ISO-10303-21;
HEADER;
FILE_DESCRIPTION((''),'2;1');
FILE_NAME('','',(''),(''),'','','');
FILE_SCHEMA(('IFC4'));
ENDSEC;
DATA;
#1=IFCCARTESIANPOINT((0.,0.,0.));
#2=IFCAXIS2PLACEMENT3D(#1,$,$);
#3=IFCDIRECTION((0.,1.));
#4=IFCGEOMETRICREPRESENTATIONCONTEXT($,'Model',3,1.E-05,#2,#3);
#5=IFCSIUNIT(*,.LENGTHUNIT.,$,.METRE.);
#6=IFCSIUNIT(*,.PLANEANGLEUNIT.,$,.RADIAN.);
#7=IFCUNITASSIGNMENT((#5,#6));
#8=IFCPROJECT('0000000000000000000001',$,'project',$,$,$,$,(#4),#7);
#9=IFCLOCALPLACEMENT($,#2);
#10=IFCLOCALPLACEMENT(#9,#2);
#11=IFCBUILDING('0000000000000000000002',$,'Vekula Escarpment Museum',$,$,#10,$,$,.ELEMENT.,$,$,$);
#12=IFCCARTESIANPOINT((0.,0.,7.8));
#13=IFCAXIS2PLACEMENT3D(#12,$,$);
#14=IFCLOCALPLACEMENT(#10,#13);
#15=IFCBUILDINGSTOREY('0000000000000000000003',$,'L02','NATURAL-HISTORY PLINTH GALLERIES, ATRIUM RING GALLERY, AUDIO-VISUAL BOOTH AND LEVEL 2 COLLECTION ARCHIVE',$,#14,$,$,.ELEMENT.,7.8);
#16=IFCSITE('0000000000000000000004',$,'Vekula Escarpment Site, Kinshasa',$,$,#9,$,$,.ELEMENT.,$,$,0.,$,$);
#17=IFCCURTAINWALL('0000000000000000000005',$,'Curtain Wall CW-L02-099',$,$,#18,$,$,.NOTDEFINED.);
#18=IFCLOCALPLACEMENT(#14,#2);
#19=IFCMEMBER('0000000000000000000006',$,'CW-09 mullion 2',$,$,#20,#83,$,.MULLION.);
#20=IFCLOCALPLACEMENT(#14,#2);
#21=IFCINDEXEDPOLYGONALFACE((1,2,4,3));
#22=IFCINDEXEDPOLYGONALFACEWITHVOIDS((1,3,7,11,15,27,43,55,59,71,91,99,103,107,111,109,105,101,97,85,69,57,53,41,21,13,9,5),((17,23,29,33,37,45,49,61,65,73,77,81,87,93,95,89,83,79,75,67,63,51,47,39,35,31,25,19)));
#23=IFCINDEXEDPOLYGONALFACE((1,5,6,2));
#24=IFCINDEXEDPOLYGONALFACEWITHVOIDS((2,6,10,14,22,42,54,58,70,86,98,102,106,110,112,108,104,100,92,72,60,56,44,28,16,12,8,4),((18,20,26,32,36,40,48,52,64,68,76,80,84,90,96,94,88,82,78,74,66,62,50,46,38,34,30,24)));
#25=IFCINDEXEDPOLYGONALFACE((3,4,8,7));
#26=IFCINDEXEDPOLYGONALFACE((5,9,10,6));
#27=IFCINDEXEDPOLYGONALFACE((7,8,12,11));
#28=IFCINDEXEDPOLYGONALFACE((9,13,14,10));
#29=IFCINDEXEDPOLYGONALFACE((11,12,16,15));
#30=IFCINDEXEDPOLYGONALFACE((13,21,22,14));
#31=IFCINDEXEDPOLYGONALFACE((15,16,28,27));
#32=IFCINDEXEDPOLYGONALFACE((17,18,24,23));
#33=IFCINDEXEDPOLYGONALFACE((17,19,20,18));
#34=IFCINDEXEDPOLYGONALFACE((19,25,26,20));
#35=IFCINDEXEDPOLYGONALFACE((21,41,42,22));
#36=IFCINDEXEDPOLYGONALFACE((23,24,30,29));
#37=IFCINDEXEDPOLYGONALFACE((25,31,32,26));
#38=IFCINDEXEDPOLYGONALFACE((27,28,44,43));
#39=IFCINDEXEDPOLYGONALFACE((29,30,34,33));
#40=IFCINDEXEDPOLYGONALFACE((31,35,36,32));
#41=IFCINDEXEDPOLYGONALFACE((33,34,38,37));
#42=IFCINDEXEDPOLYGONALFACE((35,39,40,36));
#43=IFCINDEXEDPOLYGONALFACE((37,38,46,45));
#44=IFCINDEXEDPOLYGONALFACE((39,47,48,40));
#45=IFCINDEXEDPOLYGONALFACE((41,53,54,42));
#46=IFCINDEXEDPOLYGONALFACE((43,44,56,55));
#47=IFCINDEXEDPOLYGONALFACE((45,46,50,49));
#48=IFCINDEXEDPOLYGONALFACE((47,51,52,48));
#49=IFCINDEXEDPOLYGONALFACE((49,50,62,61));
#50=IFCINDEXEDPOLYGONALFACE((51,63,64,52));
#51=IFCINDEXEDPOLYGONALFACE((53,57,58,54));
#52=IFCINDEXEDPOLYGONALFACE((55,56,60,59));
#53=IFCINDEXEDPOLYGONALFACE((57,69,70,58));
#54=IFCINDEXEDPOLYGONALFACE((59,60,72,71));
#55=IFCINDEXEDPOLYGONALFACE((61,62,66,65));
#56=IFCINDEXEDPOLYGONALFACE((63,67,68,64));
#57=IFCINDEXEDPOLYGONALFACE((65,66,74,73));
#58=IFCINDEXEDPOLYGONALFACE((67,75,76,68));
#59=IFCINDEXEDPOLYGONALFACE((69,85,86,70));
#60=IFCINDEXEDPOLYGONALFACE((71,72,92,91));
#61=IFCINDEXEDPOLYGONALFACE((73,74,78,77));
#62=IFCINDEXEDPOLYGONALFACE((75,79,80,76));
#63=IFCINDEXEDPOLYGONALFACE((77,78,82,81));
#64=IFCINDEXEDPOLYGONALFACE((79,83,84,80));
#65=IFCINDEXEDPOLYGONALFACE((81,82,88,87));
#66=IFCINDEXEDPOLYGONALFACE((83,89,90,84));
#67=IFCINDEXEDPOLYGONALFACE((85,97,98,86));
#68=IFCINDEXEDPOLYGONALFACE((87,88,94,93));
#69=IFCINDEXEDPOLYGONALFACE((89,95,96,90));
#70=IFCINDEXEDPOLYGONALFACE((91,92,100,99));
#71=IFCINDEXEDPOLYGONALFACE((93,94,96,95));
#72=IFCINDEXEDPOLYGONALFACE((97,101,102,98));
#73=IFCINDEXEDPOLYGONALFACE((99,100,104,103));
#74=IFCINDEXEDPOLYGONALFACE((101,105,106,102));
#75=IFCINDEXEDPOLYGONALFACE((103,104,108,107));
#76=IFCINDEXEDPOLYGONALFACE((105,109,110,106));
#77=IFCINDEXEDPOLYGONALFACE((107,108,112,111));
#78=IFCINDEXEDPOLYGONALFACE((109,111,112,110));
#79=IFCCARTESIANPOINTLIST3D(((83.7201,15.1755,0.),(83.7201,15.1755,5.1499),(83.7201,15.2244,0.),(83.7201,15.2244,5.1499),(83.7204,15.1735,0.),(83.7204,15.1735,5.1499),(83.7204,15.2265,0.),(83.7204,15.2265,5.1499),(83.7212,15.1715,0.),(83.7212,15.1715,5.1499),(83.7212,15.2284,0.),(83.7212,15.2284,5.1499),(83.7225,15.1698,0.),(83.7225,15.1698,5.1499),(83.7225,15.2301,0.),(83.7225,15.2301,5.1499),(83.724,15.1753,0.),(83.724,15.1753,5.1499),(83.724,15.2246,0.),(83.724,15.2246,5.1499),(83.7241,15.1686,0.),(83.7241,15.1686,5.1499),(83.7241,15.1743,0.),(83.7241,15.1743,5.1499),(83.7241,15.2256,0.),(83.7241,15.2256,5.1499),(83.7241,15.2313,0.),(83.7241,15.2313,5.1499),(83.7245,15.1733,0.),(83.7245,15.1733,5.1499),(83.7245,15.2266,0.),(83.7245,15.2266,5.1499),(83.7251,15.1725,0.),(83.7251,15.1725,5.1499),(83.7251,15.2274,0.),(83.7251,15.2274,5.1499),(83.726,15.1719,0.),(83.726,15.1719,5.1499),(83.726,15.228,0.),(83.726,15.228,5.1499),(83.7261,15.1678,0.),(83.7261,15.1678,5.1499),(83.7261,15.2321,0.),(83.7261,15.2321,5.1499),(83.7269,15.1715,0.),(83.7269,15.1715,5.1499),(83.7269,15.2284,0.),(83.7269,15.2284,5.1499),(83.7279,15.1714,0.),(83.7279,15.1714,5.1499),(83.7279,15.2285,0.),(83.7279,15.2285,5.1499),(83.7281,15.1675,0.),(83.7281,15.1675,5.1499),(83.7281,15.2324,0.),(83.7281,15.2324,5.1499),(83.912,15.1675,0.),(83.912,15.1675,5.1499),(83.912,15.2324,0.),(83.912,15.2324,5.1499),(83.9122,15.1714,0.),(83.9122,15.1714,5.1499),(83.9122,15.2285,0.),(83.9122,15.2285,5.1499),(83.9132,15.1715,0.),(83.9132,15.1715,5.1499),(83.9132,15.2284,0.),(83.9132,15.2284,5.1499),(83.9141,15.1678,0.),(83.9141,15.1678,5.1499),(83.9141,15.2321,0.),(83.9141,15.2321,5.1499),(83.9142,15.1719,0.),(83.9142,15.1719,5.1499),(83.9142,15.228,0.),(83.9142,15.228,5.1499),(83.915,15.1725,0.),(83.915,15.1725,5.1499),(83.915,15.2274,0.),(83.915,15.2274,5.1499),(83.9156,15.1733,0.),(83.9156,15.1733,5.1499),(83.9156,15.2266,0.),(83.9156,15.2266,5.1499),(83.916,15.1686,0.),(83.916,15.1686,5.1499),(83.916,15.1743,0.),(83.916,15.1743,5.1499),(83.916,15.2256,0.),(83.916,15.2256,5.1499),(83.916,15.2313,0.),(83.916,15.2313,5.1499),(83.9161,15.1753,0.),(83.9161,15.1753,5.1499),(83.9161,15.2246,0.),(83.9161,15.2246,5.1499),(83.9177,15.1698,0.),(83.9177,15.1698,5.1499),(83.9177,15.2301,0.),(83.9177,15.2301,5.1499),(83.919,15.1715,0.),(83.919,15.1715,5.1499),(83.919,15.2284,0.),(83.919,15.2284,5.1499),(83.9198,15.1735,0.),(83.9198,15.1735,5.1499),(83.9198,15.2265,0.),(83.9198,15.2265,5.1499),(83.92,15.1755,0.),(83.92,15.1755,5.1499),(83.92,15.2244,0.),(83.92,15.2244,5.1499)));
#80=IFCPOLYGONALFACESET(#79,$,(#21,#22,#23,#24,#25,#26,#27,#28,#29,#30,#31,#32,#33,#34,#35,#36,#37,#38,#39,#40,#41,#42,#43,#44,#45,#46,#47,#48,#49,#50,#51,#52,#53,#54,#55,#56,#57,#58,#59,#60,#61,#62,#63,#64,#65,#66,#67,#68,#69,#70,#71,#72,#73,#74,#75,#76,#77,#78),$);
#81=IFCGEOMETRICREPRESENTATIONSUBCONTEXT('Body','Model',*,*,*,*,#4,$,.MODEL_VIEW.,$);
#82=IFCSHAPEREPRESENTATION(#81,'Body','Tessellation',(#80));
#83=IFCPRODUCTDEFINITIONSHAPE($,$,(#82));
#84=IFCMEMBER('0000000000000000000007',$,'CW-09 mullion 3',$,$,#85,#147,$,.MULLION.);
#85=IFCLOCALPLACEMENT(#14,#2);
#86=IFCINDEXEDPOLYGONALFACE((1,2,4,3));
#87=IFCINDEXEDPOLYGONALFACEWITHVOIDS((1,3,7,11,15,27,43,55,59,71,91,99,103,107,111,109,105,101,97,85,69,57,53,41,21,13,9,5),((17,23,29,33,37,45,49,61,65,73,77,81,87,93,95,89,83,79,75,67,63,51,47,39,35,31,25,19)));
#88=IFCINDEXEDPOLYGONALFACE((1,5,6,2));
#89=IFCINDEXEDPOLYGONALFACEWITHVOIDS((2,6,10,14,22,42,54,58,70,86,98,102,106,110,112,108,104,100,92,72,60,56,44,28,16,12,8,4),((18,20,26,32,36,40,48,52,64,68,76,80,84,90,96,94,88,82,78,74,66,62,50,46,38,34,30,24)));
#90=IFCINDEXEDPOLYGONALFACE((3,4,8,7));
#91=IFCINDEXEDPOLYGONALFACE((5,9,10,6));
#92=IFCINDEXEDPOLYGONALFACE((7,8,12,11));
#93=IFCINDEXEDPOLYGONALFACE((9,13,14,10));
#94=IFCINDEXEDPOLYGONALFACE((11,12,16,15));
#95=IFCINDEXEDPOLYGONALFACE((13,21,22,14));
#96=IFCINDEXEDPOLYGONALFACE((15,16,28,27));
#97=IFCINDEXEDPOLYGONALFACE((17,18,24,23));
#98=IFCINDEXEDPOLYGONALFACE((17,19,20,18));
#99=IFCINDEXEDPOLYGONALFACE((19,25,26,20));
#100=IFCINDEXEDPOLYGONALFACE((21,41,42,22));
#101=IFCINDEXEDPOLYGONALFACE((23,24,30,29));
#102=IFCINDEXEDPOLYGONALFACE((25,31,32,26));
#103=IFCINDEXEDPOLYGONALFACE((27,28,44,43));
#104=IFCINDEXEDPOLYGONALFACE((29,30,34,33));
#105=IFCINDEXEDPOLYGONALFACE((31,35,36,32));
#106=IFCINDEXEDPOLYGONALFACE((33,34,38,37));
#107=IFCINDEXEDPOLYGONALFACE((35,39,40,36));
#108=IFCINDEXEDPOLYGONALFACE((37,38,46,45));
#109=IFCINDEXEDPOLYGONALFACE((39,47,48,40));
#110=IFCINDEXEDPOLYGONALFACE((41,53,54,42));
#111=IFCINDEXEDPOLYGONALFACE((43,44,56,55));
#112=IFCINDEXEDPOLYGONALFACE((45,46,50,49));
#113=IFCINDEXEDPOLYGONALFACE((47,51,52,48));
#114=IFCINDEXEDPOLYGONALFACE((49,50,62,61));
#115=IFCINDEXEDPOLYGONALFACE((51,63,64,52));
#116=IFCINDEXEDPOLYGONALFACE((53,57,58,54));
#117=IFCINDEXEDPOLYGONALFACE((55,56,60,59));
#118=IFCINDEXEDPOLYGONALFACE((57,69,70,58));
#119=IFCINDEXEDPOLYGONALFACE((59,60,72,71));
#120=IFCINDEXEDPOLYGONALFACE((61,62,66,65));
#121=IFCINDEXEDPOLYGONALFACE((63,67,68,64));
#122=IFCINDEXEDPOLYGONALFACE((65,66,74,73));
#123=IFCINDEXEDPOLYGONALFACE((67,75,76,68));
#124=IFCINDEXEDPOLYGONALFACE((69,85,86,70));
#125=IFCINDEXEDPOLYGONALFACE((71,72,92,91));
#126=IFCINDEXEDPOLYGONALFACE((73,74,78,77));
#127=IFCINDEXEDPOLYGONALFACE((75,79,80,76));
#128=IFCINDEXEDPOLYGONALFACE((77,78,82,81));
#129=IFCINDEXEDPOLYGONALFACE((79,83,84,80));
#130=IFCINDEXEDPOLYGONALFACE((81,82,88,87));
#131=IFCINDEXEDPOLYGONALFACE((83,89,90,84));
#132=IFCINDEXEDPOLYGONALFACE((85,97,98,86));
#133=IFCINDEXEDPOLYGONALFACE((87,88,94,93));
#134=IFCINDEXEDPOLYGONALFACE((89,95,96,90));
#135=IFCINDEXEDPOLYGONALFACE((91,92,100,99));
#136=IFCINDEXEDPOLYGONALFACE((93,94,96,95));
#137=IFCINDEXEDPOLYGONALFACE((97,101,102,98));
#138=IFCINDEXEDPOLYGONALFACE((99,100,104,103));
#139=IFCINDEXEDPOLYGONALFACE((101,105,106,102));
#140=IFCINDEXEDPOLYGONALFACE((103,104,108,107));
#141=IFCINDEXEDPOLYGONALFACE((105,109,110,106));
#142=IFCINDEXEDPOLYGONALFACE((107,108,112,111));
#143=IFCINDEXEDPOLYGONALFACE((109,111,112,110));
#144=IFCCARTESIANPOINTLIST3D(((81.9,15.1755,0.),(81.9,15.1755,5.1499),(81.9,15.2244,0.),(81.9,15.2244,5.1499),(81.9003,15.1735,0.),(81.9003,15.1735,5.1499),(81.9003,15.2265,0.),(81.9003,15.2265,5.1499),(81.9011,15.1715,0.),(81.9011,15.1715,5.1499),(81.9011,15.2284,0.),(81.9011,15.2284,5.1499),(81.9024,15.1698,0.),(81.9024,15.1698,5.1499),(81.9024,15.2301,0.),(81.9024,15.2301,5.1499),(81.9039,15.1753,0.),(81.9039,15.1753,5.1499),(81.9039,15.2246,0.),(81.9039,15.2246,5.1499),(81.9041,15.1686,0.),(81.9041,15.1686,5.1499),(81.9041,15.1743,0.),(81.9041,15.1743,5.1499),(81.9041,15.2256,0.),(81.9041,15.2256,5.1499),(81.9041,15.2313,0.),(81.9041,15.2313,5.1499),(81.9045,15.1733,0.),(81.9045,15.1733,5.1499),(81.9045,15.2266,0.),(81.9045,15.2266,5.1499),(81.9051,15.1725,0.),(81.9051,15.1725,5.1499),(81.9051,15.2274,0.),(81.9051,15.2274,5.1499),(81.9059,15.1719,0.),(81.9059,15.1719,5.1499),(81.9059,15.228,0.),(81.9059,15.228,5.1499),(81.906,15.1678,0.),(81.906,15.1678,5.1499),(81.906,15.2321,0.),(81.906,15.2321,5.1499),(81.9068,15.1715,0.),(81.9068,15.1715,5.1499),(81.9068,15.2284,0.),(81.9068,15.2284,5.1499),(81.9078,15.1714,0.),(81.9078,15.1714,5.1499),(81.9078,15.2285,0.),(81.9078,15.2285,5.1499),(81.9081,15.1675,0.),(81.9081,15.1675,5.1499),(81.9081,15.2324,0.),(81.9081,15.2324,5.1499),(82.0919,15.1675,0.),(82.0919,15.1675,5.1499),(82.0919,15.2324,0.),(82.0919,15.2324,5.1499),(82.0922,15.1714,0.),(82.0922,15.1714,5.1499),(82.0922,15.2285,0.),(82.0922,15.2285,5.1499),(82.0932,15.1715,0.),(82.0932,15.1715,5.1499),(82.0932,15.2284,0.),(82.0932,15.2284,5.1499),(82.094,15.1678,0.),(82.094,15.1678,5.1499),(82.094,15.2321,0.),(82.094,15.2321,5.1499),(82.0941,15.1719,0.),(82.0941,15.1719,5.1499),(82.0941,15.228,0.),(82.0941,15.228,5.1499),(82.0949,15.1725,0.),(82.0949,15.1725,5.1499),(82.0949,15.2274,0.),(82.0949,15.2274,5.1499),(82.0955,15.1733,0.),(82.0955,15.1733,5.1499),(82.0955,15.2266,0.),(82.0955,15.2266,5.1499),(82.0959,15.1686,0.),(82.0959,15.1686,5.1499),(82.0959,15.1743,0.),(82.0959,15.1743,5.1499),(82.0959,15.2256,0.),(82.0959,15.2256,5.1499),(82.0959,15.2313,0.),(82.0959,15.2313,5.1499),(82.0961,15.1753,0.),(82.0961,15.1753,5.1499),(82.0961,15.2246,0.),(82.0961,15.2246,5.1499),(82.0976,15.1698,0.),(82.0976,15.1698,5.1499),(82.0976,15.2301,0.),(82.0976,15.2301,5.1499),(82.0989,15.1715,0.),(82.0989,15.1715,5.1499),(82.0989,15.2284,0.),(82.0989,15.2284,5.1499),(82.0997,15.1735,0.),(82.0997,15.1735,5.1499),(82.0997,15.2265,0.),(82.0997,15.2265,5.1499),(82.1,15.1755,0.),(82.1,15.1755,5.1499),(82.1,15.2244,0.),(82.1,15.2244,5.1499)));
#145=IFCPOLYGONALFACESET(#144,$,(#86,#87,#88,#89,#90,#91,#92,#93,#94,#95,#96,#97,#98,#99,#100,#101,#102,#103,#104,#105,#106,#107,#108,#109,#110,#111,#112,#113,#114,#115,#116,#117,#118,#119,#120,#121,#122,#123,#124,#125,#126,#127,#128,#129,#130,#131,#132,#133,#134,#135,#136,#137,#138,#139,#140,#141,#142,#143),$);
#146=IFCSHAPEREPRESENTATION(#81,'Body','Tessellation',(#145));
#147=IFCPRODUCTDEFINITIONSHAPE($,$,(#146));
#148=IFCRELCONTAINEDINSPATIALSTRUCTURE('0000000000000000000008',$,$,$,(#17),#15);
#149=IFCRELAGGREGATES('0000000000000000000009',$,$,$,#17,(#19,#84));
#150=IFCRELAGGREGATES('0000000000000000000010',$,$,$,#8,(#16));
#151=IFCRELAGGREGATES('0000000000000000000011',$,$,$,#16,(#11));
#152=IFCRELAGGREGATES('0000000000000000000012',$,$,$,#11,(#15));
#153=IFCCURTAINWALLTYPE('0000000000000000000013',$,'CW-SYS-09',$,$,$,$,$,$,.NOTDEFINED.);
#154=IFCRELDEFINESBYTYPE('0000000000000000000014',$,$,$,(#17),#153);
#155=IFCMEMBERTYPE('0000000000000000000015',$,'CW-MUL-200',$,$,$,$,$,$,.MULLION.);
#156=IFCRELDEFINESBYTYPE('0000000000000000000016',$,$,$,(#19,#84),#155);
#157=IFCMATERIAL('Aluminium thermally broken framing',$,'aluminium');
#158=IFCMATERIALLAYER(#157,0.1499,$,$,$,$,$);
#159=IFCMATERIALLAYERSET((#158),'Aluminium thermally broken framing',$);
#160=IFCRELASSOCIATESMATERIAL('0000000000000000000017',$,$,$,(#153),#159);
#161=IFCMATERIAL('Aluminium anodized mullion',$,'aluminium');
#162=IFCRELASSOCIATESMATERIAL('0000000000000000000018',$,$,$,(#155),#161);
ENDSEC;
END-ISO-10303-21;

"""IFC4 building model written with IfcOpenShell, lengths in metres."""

from ifc_helpers import new_model, si_unit, direction, frame, origin, origin_2d, place, context, subcontext, project, spatial, hollow_rectangle, extrude, material, layer, layer_set, material_profile, profile_set, type_object, element, aggregate, save


model = new_model("IFC4")

# Units and contexts
model_context = context("Model", 3, precision=1e-05, world=origin(), true_north=direction((0.0, 1.0)))
body_context = subcontext(model_context, "Body", "Model", "MODEL_VIEW")
ifc_project = project(units=[si_unit("LENGTHUNIT", "METRE"), si_unit("PLANEANGLEUNIT", "RADIAN")], contexts=[model_context])

# Site, building, storey
site_placement = place(None, origin())
site = spatial("IfcSite", under=ifc_project, at=site_placement, Name="Vekula Escarpment Site, Kinshasa", CompositionType="ELEMENT", RefElevation=0.0)
building_placement = place(site_placement, origin())
building = spatial("IfcBuilding", under=site, at=building_placement, Name="Vekula Escarpment Museum", CompositionType="ELEMENT")
storey_placement = place(building_placement, frame((0.0, 0.0, 7.8)))
storey = spatial("IfcBuildingStorey", under=building, at=storey_placement, Name="L02", Description="NATURAL-HISTORY PLINTH GALLERIES, ATRIUM RING GALLERY, AUDIO-VISUAL BOOTH AND LEVEL 2 COLLECTION ARCHIVE", CompositionType="ELEMENT", Elevation=7.8)

# Curtain wall, members
ifc_material_1 = material(Name="Aluminium thermally broken framing", Category="aluminium")
ifc_layer_1 = layer(ifc_material_1, 0.1499)
ifc_layer_set_1 = layer_set([ifc_layer_1], Name="Aluminium thermally broken framing")
curtain_wall_type = type_object("IfcCurtainWallType", Name="CW-SYS-09", PredefinedType="NOTDEFINED", material=ifc_layer_set_1)
curtain_wall_placement = place(storey_placement, origin())
curtain_wall = element("IfcCurtainWall", 1, at=curtain_wall_placement, inside=storey, type_object=curtain_wall_type, Name="Curtain Wall CW-L02-099", PredefinedType="NOTDEFINED")
ifc_material_2 = material(Name="Aluminium anodized mullion", Category="aluminium")
ifc_material_profile_1 = material_profile(ifc_material_2, hollow_rectangle(XDim=0.0649, YDim=0.2, WallThickness=0.0039, InnerFilletRadius=0.0039, OuterFilletRadius=0.0081, at=origin_2d()), Name="ALU 200x65x4")
ifc_profile_set_1 = profile_set([ifc_material_profile_1], Name="Aluminium anodized mullion")
member_type_1 = type_object("IfcMemberType", Name="CW-MUL-200", PredefinedType="MULLION", material=ifc_profile_set_1)
member_1_placement = place(storey_placement, frame((83.8201, 15.2, 0.0), z_axis=(0.0, 0.0, 1.0), x_axis=(0.0, -1.0, 0.0)))
member_1 = element("IfcMember", 2, at=member_1_placement, type_object=member_type_1, Name="CW-09 mullion 2", PredefinedType="MULLION", context=body_context, shape_type="SweptSolid", body=[
    extrude(hollow_rectangle(XDim=0.0649, YDim=0.2, WallThickness=0.0039, InnerFilletRadius=0.0039, OuterFilletRadius=0.0081, at=origin_2d()), origin(), (0.0, 0.0, 1.0), 5.1499),
])
member_2_placement = place(storey_placement, frame((82.0, 15.2, 0.0), z_axis=(0.0, 0.0, 1.0), x_axis=(0.0, -1.0, 0.0)))
member_2 = element("IfcMember", 3, at=member_2_placement, type_object=member_type_1, Name="CW-09 mullion 3", PredefinedType="MULLION", context=body_context, shape_type="SweptSolid", body=[
    extrude(hollow_rectangle(XDim=0.0649, YDim=0.2, WallThickness=0.0039, InnerFilletRadius=0.0039, OuterFilletRadius=0.0081, at=origin_2d()), origin(), (0.0, 0.0, 1.0), 5.1499),
])

aggregate(curtain_wall, [member_1, member_2])

save(model, "model.ifc")
